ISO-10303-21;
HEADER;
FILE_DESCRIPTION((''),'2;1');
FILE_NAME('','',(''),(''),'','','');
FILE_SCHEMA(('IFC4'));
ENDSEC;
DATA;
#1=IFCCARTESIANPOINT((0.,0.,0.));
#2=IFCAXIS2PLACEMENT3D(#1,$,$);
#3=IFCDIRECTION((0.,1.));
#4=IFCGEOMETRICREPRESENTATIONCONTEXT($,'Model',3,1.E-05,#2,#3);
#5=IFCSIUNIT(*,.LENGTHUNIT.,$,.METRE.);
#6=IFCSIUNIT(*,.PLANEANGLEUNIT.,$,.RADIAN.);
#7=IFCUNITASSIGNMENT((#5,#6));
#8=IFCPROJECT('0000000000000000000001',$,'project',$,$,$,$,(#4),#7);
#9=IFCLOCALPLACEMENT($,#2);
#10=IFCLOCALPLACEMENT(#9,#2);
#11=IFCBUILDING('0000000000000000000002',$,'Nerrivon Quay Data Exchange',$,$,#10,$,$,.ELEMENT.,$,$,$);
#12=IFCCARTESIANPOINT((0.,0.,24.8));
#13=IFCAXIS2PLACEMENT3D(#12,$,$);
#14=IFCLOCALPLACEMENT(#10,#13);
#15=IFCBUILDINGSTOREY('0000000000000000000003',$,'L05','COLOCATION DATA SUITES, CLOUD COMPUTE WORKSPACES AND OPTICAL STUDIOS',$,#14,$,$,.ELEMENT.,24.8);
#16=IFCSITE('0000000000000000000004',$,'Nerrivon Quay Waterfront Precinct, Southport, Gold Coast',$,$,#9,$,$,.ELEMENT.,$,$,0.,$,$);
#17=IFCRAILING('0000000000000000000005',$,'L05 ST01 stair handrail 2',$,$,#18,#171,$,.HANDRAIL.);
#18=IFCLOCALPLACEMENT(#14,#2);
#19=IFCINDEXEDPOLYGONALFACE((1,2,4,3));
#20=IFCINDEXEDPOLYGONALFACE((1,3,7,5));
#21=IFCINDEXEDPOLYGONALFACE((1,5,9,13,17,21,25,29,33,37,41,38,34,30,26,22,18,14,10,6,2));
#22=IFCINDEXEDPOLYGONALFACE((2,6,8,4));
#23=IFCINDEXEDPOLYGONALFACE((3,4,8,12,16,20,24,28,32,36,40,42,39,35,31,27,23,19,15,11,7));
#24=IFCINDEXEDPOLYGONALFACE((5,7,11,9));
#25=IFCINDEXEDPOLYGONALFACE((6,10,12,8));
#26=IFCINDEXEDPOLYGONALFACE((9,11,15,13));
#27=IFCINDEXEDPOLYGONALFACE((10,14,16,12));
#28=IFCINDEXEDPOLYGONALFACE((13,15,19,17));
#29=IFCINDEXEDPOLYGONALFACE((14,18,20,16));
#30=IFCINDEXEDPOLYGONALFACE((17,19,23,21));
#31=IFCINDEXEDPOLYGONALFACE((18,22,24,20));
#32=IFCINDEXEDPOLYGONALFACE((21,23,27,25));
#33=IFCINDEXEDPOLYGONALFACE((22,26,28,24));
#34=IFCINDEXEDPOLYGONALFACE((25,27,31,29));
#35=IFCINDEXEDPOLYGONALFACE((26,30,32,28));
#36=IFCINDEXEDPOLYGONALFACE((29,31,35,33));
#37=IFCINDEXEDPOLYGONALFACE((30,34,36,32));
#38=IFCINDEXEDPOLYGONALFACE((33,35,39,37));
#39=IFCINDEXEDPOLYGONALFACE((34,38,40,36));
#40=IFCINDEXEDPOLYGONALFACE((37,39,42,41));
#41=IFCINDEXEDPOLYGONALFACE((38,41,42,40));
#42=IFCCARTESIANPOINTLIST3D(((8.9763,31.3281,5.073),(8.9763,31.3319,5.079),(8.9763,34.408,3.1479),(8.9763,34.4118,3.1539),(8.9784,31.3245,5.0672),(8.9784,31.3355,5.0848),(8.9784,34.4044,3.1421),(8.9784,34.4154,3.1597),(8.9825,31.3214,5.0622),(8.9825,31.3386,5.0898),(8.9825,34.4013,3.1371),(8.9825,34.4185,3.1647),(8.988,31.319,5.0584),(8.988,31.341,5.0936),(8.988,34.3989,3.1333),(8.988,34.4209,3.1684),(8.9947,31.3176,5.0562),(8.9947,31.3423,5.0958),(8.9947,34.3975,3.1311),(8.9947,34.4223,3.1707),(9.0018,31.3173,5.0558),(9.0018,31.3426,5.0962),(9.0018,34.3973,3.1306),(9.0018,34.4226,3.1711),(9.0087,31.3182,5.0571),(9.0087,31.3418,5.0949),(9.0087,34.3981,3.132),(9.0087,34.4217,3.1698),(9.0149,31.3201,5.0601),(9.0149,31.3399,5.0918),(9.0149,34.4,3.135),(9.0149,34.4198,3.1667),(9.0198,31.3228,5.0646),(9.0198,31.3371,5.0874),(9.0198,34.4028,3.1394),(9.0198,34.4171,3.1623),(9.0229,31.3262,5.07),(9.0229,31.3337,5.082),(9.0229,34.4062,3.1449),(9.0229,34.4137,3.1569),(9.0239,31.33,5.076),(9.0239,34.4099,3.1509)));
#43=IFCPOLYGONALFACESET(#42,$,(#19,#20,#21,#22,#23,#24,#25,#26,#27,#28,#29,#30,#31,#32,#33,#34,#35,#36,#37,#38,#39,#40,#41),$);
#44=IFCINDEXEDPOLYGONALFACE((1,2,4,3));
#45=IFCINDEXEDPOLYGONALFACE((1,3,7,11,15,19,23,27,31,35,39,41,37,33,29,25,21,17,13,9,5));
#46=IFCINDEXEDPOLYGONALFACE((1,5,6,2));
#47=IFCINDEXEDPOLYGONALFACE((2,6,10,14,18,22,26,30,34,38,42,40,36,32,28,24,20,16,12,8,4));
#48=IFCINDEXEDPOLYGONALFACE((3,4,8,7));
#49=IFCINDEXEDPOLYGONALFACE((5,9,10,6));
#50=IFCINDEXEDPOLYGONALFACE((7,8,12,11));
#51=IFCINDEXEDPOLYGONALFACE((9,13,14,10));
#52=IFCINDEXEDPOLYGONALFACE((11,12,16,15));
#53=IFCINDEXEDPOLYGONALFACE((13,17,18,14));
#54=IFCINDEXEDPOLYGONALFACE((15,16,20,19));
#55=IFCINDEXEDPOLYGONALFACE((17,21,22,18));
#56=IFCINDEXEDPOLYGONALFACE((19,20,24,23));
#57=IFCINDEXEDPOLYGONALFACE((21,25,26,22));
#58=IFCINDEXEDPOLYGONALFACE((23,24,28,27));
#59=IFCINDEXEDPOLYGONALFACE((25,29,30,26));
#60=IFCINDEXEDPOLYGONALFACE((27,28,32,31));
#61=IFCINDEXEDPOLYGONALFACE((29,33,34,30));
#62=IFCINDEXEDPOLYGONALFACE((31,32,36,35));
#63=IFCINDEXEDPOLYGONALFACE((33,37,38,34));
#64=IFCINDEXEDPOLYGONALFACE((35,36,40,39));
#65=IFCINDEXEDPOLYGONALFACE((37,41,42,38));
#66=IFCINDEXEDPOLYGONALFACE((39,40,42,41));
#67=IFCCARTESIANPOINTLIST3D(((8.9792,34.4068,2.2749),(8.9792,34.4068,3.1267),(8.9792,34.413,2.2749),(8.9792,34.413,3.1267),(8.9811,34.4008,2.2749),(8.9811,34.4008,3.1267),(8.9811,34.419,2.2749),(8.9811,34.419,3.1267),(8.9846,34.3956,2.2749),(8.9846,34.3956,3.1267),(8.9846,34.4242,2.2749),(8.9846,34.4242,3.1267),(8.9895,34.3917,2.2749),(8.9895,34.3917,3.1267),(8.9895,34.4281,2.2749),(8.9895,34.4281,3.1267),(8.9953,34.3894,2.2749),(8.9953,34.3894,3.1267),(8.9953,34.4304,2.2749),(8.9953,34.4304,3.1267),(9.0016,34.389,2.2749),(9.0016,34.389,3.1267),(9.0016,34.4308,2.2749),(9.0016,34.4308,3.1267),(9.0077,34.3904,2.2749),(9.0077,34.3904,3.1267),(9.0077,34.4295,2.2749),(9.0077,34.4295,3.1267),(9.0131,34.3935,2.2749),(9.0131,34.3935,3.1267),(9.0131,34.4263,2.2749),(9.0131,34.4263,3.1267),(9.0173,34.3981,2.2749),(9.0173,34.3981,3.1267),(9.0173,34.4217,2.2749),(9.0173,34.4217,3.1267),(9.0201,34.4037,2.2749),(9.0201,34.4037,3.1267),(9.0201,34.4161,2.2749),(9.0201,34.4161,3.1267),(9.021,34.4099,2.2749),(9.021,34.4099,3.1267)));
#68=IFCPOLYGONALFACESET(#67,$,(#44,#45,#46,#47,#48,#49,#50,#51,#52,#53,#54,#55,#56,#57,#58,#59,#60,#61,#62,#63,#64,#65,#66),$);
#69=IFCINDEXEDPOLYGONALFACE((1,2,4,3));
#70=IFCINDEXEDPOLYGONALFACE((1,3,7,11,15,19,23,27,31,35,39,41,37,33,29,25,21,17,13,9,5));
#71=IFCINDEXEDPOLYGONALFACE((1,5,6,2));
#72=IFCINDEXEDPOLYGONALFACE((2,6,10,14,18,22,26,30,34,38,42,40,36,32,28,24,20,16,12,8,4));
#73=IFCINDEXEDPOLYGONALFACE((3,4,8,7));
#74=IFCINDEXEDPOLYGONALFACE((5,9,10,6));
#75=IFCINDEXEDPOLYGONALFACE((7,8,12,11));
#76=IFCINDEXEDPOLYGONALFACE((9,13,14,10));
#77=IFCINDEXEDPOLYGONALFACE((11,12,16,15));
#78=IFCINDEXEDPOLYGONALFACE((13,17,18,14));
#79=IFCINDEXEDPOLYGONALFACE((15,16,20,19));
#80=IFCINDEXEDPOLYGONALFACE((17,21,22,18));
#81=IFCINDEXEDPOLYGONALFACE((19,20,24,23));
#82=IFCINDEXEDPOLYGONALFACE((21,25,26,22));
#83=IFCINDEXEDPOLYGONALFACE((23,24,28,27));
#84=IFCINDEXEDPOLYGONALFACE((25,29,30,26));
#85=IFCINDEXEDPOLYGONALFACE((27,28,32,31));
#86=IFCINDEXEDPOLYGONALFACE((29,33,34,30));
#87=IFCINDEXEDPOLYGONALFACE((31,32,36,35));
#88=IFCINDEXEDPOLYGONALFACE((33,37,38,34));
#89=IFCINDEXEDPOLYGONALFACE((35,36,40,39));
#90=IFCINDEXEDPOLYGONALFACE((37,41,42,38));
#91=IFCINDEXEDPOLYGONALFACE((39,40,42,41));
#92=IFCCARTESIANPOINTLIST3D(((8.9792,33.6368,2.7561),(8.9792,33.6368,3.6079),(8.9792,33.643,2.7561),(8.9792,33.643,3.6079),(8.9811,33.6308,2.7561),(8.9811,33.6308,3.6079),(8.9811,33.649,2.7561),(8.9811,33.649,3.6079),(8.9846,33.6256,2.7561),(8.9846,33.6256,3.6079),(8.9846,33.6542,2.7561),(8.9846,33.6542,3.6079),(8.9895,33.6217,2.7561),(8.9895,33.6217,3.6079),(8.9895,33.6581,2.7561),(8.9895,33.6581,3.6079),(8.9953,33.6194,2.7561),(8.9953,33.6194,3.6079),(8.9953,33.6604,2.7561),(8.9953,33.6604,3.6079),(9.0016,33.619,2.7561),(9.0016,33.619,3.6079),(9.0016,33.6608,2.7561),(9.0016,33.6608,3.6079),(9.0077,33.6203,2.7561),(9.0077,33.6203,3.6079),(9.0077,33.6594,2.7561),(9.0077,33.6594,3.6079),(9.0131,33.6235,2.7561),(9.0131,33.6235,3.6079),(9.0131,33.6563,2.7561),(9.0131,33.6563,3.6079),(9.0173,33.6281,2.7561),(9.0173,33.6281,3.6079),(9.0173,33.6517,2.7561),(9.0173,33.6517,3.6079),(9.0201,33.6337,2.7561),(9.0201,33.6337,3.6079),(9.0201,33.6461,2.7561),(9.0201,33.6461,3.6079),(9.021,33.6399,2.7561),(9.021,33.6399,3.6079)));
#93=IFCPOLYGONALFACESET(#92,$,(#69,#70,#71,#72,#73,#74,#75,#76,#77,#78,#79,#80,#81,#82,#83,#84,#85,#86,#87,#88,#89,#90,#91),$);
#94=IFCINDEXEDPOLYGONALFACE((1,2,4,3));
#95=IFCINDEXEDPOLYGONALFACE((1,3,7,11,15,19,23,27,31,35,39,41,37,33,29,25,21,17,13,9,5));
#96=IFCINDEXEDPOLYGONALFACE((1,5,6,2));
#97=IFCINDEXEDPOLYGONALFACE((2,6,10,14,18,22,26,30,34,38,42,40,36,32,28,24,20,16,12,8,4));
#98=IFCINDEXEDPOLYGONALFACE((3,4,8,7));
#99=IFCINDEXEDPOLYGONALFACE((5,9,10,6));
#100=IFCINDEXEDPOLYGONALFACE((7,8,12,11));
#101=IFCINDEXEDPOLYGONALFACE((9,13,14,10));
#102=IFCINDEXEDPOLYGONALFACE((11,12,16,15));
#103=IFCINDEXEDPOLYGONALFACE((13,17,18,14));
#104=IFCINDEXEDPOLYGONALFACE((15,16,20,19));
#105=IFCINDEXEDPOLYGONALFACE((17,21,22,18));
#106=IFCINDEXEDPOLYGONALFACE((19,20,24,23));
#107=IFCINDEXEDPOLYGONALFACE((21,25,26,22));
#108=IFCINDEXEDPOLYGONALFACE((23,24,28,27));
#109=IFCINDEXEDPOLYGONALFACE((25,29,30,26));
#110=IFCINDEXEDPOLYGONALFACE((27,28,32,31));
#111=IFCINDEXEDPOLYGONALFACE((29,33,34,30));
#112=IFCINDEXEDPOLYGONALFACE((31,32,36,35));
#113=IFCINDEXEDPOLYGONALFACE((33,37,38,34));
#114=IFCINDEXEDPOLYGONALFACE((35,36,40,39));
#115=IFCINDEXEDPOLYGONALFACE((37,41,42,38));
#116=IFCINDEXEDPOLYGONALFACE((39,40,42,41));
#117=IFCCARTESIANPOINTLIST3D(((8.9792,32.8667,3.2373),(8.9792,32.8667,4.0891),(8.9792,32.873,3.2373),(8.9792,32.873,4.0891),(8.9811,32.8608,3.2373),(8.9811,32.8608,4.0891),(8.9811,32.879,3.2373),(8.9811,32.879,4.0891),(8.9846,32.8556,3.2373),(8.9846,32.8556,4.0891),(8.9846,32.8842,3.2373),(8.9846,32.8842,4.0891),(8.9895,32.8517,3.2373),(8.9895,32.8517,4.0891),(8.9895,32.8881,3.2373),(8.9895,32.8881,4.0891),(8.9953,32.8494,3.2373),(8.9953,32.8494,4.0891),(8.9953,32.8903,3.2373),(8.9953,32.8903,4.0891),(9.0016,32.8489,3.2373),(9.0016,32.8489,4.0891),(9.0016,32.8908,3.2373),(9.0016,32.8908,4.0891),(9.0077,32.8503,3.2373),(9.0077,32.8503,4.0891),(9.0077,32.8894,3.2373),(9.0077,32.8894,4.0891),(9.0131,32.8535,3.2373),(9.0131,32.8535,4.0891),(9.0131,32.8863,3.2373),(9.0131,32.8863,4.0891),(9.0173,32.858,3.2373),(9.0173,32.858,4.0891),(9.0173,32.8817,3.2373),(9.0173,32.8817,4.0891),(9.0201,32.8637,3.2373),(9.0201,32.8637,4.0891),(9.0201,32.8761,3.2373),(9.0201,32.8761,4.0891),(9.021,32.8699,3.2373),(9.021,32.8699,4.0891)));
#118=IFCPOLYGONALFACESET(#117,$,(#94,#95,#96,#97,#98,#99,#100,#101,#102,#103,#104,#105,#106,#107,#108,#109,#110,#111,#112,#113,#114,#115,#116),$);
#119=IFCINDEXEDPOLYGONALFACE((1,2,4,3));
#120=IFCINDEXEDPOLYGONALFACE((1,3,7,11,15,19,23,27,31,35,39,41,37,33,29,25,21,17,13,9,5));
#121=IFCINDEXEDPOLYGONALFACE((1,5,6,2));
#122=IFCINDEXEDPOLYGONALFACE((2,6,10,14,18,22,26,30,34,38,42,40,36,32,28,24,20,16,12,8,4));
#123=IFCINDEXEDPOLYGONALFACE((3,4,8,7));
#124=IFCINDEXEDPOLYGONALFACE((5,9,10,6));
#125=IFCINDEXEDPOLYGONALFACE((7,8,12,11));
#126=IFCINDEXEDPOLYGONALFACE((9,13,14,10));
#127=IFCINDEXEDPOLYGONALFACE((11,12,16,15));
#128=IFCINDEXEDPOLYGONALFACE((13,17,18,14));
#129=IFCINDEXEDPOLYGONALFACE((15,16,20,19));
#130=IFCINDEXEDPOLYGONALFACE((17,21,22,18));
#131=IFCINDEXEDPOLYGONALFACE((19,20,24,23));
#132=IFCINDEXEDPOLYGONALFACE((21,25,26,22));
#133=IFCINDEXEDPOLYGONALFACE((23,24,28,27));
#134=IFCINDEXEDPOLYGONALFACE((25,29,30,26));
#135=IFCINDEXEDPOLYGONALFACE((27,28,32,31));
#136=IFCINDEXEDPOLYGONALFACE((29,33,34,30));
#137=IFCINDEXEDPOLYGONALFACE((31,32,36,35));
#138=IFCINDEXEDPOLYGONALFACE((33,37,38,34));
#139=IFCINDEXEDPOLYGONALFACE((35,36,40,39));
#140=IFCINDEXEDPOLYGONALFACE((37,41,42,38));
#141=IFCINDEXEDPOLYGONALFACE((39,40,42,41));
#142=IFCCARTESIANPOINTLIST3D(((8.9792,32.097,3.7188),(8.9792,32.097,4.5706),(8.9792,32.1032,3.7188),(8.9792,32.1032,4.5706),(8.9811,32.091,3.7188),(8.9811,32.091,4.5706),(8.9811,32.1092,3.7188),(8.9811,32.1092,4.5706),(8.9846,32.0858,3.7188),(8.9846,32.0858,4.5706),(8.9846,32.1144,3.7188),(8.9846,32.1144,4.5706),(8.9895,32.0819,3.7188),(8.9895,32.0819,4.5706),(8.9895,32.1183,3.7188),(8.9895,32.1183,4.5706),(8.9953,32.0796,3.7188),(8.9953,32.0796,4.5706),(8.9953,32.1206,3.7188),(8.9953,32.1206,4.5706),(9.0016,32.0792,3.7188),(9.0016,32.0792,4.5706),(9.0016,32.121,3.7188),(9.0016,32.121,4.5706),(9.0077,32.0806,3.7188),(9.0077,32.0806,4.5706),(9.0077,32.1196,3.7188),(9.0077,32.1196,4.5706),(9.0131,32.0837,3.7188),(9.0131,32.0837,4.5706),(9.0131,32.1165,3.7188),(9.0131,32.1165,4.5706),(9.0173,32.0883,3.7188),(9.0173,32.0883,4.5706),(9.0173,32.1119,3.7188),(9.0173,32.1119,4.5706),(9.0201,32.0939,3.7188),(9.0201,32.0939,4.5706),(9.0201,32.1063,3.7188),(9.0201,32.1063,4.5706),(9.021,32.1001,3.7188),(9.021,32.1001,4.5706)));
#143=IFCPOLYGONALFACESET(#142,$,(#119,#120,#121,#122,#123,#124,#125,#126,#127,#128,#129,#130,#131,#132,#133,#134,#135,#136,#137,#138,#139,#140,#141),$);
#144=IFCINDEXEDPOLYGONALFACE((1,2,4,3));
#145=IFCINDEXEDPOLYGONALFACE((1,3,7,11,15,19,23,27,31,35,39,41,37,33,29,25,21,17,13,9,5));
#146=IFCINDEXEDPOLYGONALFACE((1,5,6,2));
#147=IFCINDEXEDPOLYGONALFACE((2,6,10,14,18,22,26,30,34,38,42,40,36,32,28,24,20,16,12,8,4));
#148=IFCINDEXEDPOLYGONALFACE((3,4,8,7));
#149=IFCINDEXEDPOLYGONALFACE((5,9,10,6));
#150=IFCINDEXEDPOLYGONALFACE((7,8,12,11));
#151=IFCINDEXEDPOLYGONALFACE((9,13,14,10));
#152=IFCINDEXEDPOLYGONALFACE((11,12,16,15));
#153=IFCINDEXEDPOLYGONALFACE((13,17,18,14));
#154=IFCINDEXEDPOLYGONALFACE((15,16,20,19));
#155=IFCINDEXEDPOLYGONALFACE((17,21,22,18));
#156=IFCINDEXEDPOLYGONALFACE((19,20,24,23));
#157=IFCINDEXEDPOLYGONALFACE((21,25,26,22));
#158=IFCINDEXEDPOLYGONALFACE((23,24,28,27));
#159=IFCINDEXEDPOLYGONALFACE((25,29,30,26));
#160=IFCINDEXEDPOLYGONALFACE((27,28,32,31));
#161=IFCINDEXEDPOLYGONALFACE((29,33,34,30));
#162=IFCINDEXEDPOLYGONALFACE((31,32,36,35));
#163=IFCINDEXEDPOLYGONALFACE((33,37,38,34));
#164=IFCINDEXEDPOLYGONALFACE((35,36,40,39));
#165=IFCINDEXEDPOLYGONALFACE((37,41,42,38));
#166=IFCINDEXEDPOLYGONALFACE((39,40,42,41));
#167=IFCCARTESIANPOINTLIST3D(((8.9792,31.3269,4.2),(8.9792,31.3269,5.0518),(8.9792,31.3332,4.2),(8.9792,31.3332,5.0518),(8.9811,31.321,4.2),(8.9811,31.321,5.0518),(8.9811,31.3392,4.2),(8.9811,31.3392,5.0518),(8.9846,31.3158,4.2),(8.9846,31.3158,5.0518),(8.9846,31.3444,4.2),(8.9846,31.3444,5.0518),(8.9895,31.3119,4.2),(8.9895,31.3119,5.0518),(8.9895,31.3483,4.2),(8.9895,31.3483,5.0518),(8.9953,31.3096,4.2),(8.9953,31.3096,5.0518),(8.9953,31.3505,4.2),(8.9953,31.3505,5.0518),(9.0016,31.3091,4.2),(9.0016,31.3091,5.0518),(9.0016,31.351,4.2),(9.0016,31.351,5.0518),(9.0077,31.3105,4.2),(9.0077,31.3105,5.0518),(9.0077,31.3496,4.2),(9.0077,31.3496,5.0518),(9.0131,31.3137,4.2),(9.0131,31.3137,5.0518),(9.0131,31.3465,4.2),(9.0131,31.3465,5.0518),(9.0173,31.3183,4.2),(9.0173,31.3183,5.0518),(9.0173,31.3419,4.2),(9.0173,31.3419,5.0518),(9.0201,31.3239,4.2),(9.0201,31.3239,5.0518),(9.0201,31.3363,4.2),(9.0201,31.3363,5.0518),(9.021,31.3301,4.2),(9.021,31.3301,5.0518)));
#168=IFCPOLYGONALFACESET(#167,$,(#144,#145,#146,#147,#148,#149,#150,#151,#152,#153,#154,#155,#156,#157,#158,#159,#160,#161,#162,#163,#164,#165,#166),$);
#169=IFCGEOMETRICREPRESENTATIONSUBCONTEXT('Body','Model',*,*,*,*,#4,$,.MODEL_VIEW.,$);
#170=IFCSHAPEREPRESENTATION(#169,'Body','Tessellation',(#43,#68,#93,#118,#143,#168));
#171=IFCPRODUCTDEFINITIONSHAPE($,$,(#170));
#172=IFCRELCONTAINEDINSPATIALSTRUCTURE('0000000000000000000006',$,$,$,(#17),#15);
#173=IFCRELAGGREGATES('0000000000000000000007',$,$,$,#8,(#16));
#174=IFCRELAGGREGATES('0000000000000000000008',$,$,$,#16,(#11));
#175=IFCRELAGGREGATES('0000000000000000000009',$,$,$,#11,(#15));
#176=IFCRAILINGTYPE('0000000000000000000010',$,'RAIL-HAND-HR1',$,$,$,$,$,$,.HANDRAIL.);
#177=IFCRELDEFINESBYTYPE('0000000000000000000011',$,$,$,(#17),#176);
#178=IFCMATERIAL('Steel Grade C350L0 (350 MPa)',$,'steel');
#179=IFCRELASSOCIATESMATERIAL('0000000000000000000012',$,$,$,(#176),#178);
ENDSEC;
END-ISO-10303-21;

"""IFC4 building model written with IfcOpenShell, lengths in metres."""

from ifc_helpers import new_model, si_unit, direction, frame, origin, origin_2d, place, context, subcontext, project, spatial, circle, extrude, material, type_object, element, save


model = new_model("IFC4")

# Units and contexts
model_context = context("Model", 3, precision=1e-05, world=origin(), true_north=direction((0.0, 1.0)))
body_context = subcontext(model_context, "Body", "Model", "MODEL_VIEW")
ifc_project = project(units=[si_unit("LENGTHUNIT", "METRE"), si_unit("PLANEANGLEUNIT", "RADIAN")], contexts=[model_context])

# Site, building, storey
site_placement = place(None, origin())
site = spatial("IfcSite", under=ifc_project, at=site_placement, Name="Nerrivon Quay Waterfront Precinct, Southport, Gold Coast", CompositionType="ELEMENT", RefElevation=0.0)
building_placement = place(site_placement, origin())
building = spatial("IfcBuilding", under=site, at=building_placement, Name="Nerrivon Quay Data Exchange", CompositionType="ELEMENT")
storey_placement = place(building_placement, frame((0.0, 0.0, 24.8)))
storey = spatial("IfcBuildingStorey", under=building, at=storey_placement, Name="L05", Description="COLOCATION DATA SUITES, CLOUD COMPUTE WORKSPACES AND OPTICAL STUDIOS", CompositionType="ELEMENT", Elevation=24.8)

# Railing
ifc_material_1 = material(Name="Steel Grade C350L0 (350 MPa)", Category="steel")
railing_type_1 = type_object("IfcRailingType", Name="RAIL-HAND-HR1", PredefinedType="HANDRAIL", material=ifc_material_1)
railing_1_placement = place(storey_placement, frame((9.0, 34.4099, 2.2749)))
element("IfcRailing", 1, at=railing_1_placement, inside=storey, type_object=railing_type_1, Name="L05 ST01 stair handrail 2", PredefinedType="HANDRAIL", context=body_context, shape_type="SweptSolid", body=[
    extrude(circle(Radius=0.0239, at=origin_2d()), frame((0.0, 0.0, 0.876), z_axis=(0.0, -0.847979, 0.530029), x_axis=(1.0, 0.0, 0.0)), (0.0, 0.0, 1.0), 3.6321),
    extrude(circle(Radius=0.021, at=origin_2d()), origin(), (0.0, 0.0, 1.0), 0.8518),
    extrude(circle(Radius=0.021, at=origin_2d()), frame((0.0, -0.77, 0.4812)), (0.0, 0.0, 1.0), 0.8518),
    extrude(circle(Radius=0.021, at=origin_2d()), frame((0.0, -1.54, 0.9624)), (0.0, 0.0, 1.0), 0.8518),
    extrude(circle(Radius=0.021, at=origin_2d()), frame((0.0, -2.3098, 1.4438)), (0.0, 0.0, 1.0), 0.8518),
    extrude(circle(Radius=0.021, at=origin_2d()), frame((0.0, -3.0798, 1.925)), (0.0, 0.0, 1.0), 0.8518),
])

save(model, "model.ifc")
